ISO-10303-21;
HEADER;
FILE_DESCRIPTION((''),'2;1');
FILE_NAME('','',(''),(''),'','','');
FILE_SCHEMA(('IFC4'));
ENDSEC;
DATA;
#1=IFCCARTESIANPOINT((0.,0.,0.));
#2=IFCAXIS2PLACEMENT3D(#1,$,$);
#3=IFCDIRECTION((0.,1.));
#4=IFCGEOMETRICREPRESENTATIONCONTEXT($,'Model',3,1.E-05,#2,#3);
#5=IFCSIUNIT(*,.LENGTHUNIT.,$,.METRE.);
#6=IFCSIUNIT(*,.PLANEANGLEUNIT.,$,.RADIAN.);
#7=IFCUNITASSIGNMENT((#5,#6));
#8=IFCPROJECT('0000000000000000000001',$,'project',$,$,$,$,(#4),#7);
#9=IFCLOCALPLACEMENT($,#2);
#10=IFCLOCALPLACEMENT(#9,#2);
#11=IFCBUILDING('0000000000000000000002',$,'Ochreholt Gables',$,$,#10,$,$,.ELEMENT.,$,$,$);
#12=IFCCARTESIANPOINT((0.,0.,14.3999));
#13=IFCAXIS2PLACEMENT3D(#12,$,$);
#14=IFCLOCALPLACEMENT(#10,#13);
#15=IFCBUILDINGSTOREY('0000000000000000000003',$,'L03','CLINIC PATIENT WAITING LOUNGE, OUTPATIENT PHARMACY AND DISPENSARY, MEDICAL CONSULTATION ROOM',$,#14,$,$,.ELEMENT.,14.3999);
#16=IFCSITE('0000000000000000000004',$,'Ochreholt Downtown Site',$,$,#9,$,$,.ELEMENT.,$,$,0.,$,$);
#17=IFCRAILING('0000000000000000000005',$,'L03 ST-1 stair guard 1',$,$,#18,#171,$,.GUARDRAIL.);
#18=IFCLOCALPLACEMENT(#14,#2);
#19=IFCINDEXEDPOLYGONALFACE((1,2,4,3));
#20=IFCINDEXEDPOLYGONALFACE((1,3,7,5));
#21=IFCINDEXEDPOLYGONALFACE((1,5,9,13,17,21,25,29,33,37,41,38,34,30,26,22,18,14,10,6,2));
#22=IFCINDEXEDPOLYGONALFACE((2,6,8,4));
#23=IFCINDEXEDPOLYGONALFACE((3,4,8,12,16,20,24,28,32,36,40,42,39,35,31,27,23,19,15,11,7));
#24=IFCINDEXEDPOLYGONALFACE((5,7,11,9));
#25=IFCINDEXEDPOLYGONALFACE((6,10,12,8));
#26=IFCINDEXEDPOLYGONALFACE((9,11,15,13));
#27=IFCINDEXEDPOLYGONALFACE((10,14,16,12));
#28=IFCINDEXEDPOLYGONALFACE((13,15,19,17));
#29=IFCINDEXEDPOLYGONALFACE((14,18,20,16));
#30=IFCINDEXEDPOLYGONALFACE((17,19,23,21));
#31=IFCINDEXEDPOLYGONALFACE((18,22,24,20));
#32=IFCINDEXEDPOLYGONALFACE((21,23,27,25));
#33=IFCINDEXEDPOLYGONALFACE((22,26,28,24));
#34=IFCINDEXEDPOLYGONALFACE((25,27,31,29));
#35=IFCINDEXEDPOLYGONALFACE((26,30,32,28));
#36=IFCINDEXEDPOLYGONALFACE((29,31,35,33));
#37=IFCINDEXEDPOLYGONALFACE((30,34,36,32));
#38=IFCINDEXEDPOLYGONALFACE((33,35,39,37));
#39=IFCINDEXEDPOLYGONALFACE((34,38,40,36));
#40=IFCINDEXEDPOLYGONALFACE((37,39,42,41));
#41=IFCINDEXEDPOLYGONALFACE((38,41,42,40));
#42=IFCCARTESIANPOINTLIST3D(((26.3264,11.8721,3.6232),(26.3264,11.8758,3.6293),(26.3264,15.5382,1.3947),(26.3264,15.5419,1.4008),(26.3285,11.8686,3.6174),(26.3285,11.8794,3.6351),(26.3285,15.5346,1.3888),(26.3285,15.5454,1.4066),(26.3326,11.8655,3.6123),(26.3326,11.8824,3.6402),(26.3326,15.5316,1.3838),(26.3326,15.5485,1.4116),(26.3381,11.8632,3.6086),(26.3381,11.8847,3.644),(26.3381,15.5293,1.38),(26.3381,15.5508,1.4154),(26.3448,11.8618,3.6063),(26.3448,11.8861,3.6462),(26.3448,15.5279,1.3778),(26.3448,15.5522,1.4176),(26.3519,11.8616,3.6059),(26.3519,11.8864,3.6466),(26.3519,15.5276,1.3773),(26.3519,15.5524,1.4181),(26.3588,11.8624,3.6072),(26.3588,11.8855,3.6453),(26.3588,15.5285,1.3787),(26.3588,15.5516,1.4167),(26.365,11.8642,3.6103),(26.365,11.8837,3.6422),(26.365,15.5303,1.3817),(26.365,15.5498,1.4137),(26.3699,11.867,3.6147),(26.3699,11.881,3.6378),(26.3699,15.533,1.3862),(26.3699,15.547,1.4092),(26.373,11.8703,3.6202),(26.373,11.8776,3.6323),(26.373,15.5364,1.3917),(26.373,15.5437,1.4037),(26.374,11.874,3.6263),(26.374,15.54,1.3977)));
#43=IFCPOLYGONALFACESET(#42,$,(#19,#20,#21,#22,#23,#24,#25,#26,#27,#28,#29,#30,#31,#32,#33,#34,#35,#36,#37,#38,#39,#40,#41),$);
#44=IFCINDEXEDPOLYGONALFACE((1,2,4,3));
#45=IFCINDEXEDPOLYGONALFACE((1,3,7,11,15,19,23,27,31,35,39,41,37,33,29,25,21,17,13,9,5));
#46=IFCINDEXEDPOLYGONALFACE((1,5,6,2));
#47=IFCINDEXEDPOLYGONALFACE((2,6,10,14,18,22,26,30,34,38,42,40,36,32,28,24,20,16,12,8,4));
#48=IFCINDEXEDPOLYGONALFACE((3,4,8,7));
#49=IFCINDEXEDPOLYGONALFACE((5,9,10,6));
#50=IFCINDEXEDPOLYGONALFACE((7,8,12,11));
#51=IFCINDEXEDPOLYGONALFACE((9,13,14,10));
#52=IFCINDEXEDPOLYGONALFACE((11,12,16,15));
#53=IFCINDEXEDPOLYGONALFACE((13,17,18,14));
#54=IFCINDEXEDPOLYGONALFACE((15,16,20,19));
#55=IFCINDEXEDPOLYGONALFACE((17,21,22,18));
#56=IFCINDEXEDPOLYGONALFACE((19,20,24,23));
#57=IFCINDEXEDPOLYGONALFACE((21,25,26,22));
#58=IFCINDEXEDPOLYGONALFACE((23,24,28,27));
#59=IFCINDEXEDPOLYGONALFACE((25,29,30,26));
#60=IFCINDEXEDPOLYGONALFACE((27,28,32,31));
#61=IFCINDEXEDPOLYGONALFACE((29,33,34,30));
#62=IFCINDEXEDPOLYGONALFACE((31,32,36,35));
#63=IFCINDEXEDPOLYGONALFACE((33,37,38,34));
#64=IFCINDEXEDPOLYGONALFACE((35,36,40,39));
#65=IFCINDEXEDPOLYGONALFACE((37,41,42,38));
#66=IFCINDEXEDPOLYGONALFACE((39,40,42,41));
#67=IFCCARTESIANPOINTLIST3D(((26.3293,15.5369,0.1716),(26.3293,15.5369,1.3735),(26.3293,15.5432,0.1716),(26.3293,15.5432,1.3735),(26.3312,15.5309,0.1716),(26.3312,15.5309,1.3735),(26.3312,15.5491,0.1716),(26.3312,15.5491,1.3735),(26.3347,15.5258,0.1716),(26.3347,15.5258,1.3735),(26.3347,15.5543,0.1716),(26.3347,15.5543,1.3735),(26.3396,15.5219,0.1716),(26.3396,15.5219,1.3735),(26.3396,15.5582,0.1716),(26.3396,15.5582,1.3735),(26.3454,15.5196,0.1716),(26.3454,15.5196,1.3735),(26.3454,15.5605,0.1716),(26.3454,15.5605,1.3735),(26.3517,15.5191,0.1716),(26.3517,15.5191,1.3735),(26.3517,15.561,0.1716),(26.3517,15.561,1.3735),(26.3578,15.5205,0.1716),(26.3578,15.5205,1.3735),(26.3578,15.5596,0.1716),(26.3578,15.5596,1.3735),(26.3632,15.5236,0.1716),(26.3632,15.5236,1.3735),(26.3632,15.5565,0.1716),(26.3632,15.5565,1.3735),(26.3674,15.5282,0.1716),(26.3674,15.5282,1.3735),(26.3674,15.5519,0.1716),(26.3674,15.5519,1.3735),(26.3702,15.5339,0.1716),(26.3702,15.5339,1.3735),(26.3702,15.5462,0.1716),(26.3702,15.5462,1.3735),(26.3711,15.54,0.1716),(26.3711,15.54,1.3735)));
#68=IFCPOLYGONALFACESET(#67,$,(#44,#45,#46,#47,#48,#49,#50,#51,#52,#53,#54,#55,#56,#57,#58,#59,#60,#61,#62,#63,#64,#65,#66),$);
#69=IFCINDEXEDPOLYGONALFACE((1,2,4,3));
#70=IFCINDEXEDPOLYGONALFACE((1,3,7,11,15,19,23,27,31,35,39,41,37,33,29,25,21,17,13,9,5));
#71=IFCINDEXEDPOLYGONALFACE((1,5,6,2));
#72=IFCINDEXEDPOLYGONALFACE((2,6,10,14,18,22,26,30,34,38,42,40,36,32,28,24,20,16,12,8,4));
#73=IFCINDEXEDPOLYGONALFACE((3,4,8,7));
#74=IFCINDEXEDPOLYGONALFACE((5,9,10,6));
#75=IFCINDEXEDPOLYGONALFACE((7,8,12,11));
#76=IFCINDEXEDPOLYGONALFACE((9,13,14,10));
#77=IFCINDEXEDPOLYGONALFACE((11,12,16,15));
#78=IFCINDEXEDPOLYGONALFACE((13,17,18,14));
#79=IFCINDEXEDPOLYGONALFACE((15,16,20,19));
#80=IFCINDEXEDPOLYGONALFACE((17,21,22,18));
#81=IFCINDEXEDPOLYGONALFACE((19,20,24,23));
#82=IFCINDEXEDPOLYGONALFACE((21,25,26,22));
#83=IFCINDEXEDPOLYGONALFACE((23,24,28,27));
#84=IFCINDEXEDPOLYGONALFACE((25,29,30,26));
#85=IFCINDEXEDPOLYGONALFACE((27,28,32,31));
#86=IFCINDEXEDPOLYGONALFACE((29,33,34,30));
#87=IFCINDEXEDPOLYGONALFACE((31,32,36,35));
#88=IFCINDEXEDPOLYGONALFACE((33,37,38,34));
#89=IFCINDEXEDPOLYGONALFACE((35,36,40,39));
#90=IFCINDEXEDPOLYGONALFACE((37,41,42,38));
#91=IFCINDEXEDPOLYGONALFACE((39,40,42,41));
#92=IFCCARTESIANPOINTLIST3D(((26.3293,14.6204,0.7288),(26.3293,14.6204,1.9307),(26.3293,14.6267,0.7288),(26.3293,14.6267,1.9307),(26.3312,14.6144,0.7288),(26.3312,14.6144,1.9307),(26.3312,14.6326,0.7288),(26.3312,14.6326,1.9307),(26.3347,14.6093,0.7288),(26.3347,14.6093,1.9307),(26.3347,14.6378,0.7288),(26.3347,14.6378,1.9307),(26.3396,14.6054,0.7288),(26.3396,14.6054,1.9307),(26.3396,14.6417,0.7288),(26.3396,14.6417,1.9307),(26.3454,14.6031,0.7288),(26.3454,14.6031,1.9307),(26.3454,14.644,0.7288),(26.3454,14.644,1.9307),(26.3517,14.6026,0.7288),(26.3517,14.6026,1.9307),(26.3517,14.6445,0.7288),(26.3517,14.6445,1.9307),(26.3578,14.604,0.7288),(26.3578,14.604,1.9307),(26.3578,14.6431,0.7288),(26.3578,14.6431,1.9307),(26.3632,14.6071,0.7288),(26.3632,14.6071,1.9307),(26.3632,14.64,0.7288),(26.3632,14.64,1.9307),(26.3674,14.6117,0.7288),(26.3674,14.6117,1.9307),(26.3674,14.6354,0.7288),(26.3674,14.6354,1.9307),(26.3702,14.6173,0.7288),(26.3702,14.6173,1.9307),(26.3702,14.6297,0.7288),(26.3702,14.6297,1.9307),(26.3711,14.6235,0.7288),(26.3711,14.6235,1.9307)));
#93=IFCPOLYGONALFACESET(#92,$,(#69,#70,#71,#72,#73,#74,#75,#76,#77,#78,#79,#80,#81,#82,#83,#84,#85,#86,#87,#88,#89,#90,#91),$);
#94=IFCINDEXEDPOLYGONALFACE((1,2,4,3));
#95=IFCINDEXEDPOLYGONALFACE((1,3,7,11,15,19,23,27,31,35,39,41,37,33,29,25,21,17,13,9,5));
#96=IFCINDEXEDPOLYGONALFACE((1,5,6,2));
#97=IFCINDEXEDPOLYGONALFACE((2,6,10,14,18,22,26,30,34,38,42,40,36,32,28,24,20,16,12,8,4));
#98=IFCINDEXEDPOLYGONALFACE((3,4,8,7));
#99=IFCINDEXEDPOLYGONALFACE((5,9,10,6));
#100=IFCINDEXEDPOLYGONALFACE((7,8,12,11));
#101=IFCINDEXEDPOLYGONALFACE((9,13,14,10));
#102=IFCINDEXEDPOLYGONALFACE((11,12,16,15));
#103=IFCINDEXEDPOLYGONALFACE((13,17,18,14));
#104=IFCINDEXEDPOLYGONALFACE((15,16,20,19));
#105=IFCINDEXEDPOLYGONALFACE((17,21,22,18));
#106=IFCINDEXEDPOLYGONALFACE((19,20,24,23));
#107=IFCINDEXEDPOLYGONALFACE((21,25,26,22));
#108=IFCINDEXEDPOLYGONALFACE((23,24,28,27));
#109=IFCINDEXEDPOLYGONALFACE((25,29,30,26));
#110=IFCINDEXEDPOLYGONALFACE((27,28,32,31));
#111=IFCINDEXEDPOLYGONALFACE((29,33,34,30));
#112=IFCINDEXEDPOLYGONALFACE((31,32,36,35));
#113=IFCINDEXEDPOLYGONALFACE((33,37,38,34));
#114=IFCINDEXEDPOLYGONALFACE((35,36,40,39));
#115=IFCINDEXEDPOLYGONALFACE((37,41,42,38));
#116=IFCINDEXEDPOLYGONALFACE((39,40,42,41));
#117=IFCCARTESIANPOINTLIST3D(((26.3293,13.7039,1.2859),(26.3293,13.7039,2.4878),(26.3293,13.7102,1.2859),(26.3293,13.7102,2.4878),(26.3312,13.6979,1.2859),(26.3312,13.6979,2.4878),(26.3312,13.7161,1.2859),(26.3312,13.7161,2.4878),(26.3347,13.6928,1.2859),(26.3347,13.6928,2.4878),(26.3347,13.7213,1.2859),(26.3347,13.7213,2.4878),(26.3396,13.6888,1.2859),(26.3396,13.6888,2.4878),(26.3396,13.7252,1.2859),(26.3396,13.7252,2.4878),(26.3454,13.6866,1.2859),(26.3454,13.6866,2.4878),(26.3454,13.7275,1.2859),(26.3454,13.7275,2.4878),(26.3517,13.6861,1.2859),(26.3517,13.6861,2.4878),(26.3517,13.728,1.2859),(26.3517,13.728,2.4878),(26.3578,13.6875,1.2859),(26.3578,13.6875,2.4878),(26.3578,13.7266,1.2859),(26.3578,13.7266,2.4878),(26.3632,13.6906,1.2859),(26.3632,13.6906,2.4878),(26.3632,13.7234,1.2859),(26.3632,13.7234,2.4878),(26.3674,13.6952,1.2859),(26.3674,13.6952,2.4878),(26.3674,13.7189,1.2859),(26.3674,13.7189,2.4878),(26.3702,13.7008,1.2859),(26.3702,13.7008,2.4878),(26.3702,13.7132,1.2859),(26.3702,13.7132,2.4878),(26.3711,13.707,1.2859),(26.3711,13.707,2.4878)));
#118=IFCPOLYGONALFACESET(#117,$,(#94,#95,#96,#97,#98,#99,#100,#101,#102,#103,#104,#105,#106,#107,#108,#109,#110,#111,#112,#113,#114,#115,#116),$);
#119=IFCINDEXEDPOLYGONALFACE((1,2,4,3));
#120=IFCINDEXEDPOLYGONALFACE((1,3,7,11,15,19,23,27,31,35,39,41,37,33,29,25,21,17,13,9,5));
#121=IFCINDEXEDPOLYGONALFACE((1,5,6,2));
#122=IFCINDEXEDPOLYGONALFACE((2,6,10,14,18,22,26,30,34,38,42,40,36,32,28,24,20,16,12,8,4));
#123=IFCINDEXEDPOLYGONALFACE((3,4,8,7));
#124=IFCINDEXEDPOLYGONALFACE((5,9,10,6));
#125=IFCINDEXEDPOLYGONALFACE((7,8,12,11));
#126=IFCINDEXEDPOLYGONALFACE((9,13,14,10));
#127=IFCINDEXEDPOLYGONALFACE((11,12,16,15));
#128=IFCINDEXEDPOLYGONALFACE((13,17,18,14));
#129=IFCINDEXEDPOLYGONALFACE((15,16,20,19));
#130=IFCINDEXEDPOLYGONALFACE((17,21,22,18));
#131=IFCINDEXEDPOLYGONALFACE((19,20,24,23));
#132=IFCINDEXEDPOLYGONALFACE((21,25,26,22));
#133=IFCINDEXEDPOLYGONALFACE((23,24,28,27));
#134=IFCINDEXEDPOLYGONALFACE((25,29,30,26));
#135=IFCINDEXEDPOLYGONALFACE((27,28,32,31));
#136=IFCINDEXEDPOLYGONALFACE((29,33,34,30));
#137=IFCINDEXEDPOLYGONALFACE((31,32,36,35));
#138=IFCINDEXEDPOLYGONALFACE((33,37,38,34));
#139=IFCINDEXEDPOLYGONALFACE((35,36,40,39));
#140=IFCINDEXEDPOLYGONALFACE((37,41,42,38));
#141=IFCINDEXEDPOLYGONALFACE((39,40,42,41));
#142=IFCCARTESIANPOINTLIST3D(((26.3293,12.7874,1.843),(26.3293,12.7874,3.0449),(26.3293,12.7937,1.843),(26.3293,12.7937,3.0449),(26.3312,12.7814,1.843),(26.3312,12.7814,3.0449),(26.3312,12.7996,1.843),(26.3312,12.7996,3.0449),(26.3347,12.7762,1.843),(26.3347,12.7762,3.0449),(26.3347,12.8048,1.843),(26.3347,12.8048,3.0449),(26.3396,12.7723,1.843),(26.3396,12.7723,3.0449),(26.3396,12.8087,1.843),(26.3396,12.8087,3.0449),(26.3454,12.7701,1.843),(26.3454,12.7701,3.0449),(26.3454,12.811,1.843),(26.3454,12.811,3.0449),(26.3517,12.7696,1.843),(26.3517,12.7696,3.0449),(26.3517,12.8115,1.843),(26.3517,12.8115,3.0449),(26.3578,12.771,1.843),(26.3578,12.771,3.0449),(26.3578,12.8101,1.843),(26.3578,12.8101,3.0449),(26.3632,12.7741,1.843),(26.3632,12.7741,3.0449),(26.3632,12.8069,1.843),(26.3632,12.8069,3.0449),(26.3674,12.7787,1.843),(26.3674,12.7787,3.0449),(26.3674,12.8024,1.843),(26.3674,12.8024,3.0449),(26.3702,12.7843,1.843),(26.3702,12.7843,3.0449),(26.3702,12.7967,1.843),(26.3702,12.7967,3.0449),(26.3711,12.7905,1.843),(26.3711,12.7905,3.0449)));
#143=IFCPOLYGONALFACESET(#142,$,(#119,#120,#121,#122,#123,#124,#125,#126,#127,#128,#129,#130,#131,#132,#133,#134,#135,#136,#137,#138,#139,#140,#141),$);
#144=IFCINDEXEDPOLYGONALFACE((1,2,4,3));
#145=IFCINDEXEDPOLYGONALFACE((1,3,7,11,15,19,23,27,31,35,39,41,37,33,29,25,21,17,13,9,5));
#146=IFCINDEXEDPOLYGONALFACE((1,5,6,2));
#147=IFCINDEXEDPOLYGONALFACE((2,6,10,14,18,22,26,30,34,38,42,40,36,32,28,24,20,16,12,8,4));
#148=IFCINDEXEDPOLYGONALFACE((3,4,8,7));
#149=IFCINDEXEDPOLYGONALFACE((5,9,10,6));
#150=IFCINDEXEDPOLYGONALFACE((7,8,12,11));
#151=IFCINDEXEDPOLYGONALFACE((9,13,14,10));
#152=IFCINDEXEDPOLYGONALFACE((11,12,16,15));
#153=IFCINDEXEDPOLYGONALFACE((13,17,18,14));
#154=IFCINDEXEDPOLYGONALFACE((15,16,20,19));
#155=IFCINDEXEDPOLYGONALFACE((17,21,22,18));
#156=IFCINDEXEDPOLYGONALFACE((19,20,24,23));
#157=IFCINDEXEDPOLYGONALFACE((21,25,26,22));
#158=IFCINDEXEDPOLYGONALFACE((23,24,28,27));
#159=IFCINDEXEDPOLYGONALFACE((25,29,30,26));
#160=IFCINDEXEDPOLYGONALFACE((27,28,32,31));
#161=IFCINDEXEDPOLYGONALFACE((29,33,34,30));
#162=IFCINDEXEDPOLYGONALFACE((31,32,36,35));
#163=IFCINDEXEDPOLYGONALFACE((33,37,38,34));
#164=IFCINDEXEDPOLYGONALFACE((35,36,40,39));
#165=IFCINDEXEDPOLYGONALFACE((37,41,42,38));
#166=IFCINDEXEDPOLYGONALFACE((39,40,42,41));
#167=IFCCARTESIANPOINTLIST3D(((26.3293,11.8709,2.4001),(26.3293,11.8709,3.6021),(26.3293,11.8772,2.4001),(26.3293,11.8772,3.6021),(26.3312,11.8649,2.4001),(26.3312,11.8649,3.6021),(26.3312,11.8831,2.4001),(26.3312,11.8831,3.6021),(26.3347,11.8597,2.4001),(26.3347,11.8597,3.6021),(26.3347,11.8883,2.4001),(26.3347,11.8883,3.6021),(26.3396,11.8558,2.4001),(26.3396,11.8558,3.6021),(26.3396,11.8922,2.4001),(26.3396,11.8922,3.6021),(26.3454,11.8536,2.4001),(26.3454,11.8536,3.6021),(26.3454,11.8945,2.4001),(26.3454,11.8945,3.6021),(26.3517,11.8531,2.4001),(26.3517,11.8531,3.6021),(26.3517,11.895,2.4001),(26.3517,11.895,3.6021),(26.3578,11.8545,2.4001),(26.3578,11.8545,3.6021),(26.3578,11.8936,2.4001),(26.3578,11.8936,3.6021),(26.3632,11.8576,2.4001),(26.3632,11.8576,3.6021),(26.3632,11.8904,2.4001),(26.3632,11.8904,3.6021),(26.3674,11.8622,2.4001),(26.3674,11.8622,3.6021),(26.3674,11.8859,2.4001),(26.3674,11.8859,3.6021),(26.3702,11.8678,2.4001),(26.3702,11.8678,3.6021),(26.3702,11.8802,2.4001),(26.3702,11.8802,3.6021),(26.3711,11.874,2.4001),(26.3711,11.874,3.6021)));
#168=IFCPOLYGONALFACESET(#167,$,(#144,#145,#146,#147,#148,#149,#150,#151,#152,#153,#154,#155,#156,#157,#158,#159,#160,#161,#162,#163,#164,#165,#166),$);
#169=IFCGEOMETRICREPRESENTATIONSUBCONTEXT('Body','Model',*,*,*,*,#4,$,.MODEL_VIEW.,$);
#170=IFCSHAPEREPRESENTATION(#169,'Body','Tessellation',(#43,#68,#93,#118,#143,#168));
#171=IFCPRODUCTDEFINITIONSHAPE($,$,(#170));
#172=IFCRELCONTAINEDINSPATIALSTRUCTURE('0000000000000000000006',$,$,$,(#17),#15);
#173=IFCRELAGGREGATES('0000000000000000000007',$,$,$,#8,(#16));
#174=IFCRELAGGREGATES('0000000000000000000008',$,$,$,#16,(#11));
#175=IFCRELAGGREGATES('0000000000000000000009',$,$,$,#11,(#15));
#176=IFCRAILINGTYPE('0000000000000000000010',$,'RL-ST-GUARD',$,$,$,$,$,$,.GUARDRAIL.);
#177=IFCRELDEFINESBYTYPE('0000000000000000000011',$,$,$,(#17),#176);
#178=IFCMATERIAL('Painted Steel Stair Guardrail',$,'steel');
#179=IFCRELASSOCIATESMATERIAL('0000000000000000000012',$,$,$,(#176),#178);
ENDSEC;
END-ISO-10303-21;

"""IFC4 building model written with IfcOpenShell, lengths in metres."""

from ifc_helpers import new_model, si_unit, direction, frame, origin, origin_2d, place, context, subcontext, project, spatial, circle, extrude, material, type_object, element, save


model = new_model("IFC4")

# Units and contexts
model_context = context("Model", 3, precision=1e-05, world=origin(), true_north=direction((0.0, 1.0)))
body_context = subcontext(model_context, "Body", "Model", "MODEL_VIEW")
ifc_project = project(units=[si_unit("LENGTHUNIT", "METRE"), si_unit("PLANEANGLEUNIT", "RADIAN")], contexts=[model_context])

# Site, building, storey
site_placement = place(None, origin())
site = spatial("IfcSite", under=ifc_project, at=site_placement, Name="Ochreholt Downtown Site", CompositionType="ELEMENT", RefElevation=0.0)
building_placement = place(site_placement, origin())
building = spatial("IfcBuilding", under=site, at=building_placement, Name="Ochreholt Gables", CompositionType="ELEMENT")
storey_placement = place(building_placement, frame((0.0, 0.0, 14.3999)))
storey = spatial("IfcBuildingStorey", under=building, at=storey_placement, Name="L03", Description="CLINIC PATIENT WAITING LOUNGE, OUTPATIENT PHARMACY AND DISPENSARY, MEDICAL CONSULTATION ROOM", CompositionType="ELEMENT", Elevation=14.3999)

# Railing
ifc_material_1 = material(Name="Painted Steel Stair Guardrail", Category="steel")
railing_type_1 = type_object("IfcRailingType", Name="RL-ST-GUARD", PredefinedType="GUARDRAIL", material=ifc_material_1)
railing_1_placement = place(storey_placement, frame((26.3501, 15.54, 0.1716)))
element("IfcRailing", 1, at=railing_1_placement, inside=storey, type_object=railing_type_1, Name="L03 ST-1 stair guard 1", PredefinedType="GUARDRAIL", context=body_context, shape_type="SweptSolid", body=[
    extrude(circle(Radius=0.0239, at=origin_2d()), frame((0.0, 0.0, 1.2261), z_axis=(0.0, -0.854506, 0.519441), x_axis=(1.0, 0.0, 0.0)), (0.0, 0.0, 1.0), 4.2903),
    extrude(circle(Radius=0.021, at=origin_2d()), origin(), (0.0, 0.0, 1.0), 1.2019),
    extrude(circle(Radius=0.021, at=origin_2d()), frame((0.0, -0.9165, 0.5571)), (0.0, 0.0, 1.0), 1.2019),
    extrude(circle(Radius=0.021, at=origin_2d()), frame((0.0, -1.833, 1.1143)), (0.0, 0.0, 1.0), 1.2019),
    extrude(circle(Radius=0.021, at=origin_2d()), frame((0.0, -2.7495, 1.6714)), (0.0, 0.0, 1.0), 1.2019),
    extrude(circle(Radius=0.021, at=origin_2d()), frame((0.0, -3.666, 2.2285)), (0.0, 0.0, 1.0), 1.2019),
])

save(model, "model.ifc")
